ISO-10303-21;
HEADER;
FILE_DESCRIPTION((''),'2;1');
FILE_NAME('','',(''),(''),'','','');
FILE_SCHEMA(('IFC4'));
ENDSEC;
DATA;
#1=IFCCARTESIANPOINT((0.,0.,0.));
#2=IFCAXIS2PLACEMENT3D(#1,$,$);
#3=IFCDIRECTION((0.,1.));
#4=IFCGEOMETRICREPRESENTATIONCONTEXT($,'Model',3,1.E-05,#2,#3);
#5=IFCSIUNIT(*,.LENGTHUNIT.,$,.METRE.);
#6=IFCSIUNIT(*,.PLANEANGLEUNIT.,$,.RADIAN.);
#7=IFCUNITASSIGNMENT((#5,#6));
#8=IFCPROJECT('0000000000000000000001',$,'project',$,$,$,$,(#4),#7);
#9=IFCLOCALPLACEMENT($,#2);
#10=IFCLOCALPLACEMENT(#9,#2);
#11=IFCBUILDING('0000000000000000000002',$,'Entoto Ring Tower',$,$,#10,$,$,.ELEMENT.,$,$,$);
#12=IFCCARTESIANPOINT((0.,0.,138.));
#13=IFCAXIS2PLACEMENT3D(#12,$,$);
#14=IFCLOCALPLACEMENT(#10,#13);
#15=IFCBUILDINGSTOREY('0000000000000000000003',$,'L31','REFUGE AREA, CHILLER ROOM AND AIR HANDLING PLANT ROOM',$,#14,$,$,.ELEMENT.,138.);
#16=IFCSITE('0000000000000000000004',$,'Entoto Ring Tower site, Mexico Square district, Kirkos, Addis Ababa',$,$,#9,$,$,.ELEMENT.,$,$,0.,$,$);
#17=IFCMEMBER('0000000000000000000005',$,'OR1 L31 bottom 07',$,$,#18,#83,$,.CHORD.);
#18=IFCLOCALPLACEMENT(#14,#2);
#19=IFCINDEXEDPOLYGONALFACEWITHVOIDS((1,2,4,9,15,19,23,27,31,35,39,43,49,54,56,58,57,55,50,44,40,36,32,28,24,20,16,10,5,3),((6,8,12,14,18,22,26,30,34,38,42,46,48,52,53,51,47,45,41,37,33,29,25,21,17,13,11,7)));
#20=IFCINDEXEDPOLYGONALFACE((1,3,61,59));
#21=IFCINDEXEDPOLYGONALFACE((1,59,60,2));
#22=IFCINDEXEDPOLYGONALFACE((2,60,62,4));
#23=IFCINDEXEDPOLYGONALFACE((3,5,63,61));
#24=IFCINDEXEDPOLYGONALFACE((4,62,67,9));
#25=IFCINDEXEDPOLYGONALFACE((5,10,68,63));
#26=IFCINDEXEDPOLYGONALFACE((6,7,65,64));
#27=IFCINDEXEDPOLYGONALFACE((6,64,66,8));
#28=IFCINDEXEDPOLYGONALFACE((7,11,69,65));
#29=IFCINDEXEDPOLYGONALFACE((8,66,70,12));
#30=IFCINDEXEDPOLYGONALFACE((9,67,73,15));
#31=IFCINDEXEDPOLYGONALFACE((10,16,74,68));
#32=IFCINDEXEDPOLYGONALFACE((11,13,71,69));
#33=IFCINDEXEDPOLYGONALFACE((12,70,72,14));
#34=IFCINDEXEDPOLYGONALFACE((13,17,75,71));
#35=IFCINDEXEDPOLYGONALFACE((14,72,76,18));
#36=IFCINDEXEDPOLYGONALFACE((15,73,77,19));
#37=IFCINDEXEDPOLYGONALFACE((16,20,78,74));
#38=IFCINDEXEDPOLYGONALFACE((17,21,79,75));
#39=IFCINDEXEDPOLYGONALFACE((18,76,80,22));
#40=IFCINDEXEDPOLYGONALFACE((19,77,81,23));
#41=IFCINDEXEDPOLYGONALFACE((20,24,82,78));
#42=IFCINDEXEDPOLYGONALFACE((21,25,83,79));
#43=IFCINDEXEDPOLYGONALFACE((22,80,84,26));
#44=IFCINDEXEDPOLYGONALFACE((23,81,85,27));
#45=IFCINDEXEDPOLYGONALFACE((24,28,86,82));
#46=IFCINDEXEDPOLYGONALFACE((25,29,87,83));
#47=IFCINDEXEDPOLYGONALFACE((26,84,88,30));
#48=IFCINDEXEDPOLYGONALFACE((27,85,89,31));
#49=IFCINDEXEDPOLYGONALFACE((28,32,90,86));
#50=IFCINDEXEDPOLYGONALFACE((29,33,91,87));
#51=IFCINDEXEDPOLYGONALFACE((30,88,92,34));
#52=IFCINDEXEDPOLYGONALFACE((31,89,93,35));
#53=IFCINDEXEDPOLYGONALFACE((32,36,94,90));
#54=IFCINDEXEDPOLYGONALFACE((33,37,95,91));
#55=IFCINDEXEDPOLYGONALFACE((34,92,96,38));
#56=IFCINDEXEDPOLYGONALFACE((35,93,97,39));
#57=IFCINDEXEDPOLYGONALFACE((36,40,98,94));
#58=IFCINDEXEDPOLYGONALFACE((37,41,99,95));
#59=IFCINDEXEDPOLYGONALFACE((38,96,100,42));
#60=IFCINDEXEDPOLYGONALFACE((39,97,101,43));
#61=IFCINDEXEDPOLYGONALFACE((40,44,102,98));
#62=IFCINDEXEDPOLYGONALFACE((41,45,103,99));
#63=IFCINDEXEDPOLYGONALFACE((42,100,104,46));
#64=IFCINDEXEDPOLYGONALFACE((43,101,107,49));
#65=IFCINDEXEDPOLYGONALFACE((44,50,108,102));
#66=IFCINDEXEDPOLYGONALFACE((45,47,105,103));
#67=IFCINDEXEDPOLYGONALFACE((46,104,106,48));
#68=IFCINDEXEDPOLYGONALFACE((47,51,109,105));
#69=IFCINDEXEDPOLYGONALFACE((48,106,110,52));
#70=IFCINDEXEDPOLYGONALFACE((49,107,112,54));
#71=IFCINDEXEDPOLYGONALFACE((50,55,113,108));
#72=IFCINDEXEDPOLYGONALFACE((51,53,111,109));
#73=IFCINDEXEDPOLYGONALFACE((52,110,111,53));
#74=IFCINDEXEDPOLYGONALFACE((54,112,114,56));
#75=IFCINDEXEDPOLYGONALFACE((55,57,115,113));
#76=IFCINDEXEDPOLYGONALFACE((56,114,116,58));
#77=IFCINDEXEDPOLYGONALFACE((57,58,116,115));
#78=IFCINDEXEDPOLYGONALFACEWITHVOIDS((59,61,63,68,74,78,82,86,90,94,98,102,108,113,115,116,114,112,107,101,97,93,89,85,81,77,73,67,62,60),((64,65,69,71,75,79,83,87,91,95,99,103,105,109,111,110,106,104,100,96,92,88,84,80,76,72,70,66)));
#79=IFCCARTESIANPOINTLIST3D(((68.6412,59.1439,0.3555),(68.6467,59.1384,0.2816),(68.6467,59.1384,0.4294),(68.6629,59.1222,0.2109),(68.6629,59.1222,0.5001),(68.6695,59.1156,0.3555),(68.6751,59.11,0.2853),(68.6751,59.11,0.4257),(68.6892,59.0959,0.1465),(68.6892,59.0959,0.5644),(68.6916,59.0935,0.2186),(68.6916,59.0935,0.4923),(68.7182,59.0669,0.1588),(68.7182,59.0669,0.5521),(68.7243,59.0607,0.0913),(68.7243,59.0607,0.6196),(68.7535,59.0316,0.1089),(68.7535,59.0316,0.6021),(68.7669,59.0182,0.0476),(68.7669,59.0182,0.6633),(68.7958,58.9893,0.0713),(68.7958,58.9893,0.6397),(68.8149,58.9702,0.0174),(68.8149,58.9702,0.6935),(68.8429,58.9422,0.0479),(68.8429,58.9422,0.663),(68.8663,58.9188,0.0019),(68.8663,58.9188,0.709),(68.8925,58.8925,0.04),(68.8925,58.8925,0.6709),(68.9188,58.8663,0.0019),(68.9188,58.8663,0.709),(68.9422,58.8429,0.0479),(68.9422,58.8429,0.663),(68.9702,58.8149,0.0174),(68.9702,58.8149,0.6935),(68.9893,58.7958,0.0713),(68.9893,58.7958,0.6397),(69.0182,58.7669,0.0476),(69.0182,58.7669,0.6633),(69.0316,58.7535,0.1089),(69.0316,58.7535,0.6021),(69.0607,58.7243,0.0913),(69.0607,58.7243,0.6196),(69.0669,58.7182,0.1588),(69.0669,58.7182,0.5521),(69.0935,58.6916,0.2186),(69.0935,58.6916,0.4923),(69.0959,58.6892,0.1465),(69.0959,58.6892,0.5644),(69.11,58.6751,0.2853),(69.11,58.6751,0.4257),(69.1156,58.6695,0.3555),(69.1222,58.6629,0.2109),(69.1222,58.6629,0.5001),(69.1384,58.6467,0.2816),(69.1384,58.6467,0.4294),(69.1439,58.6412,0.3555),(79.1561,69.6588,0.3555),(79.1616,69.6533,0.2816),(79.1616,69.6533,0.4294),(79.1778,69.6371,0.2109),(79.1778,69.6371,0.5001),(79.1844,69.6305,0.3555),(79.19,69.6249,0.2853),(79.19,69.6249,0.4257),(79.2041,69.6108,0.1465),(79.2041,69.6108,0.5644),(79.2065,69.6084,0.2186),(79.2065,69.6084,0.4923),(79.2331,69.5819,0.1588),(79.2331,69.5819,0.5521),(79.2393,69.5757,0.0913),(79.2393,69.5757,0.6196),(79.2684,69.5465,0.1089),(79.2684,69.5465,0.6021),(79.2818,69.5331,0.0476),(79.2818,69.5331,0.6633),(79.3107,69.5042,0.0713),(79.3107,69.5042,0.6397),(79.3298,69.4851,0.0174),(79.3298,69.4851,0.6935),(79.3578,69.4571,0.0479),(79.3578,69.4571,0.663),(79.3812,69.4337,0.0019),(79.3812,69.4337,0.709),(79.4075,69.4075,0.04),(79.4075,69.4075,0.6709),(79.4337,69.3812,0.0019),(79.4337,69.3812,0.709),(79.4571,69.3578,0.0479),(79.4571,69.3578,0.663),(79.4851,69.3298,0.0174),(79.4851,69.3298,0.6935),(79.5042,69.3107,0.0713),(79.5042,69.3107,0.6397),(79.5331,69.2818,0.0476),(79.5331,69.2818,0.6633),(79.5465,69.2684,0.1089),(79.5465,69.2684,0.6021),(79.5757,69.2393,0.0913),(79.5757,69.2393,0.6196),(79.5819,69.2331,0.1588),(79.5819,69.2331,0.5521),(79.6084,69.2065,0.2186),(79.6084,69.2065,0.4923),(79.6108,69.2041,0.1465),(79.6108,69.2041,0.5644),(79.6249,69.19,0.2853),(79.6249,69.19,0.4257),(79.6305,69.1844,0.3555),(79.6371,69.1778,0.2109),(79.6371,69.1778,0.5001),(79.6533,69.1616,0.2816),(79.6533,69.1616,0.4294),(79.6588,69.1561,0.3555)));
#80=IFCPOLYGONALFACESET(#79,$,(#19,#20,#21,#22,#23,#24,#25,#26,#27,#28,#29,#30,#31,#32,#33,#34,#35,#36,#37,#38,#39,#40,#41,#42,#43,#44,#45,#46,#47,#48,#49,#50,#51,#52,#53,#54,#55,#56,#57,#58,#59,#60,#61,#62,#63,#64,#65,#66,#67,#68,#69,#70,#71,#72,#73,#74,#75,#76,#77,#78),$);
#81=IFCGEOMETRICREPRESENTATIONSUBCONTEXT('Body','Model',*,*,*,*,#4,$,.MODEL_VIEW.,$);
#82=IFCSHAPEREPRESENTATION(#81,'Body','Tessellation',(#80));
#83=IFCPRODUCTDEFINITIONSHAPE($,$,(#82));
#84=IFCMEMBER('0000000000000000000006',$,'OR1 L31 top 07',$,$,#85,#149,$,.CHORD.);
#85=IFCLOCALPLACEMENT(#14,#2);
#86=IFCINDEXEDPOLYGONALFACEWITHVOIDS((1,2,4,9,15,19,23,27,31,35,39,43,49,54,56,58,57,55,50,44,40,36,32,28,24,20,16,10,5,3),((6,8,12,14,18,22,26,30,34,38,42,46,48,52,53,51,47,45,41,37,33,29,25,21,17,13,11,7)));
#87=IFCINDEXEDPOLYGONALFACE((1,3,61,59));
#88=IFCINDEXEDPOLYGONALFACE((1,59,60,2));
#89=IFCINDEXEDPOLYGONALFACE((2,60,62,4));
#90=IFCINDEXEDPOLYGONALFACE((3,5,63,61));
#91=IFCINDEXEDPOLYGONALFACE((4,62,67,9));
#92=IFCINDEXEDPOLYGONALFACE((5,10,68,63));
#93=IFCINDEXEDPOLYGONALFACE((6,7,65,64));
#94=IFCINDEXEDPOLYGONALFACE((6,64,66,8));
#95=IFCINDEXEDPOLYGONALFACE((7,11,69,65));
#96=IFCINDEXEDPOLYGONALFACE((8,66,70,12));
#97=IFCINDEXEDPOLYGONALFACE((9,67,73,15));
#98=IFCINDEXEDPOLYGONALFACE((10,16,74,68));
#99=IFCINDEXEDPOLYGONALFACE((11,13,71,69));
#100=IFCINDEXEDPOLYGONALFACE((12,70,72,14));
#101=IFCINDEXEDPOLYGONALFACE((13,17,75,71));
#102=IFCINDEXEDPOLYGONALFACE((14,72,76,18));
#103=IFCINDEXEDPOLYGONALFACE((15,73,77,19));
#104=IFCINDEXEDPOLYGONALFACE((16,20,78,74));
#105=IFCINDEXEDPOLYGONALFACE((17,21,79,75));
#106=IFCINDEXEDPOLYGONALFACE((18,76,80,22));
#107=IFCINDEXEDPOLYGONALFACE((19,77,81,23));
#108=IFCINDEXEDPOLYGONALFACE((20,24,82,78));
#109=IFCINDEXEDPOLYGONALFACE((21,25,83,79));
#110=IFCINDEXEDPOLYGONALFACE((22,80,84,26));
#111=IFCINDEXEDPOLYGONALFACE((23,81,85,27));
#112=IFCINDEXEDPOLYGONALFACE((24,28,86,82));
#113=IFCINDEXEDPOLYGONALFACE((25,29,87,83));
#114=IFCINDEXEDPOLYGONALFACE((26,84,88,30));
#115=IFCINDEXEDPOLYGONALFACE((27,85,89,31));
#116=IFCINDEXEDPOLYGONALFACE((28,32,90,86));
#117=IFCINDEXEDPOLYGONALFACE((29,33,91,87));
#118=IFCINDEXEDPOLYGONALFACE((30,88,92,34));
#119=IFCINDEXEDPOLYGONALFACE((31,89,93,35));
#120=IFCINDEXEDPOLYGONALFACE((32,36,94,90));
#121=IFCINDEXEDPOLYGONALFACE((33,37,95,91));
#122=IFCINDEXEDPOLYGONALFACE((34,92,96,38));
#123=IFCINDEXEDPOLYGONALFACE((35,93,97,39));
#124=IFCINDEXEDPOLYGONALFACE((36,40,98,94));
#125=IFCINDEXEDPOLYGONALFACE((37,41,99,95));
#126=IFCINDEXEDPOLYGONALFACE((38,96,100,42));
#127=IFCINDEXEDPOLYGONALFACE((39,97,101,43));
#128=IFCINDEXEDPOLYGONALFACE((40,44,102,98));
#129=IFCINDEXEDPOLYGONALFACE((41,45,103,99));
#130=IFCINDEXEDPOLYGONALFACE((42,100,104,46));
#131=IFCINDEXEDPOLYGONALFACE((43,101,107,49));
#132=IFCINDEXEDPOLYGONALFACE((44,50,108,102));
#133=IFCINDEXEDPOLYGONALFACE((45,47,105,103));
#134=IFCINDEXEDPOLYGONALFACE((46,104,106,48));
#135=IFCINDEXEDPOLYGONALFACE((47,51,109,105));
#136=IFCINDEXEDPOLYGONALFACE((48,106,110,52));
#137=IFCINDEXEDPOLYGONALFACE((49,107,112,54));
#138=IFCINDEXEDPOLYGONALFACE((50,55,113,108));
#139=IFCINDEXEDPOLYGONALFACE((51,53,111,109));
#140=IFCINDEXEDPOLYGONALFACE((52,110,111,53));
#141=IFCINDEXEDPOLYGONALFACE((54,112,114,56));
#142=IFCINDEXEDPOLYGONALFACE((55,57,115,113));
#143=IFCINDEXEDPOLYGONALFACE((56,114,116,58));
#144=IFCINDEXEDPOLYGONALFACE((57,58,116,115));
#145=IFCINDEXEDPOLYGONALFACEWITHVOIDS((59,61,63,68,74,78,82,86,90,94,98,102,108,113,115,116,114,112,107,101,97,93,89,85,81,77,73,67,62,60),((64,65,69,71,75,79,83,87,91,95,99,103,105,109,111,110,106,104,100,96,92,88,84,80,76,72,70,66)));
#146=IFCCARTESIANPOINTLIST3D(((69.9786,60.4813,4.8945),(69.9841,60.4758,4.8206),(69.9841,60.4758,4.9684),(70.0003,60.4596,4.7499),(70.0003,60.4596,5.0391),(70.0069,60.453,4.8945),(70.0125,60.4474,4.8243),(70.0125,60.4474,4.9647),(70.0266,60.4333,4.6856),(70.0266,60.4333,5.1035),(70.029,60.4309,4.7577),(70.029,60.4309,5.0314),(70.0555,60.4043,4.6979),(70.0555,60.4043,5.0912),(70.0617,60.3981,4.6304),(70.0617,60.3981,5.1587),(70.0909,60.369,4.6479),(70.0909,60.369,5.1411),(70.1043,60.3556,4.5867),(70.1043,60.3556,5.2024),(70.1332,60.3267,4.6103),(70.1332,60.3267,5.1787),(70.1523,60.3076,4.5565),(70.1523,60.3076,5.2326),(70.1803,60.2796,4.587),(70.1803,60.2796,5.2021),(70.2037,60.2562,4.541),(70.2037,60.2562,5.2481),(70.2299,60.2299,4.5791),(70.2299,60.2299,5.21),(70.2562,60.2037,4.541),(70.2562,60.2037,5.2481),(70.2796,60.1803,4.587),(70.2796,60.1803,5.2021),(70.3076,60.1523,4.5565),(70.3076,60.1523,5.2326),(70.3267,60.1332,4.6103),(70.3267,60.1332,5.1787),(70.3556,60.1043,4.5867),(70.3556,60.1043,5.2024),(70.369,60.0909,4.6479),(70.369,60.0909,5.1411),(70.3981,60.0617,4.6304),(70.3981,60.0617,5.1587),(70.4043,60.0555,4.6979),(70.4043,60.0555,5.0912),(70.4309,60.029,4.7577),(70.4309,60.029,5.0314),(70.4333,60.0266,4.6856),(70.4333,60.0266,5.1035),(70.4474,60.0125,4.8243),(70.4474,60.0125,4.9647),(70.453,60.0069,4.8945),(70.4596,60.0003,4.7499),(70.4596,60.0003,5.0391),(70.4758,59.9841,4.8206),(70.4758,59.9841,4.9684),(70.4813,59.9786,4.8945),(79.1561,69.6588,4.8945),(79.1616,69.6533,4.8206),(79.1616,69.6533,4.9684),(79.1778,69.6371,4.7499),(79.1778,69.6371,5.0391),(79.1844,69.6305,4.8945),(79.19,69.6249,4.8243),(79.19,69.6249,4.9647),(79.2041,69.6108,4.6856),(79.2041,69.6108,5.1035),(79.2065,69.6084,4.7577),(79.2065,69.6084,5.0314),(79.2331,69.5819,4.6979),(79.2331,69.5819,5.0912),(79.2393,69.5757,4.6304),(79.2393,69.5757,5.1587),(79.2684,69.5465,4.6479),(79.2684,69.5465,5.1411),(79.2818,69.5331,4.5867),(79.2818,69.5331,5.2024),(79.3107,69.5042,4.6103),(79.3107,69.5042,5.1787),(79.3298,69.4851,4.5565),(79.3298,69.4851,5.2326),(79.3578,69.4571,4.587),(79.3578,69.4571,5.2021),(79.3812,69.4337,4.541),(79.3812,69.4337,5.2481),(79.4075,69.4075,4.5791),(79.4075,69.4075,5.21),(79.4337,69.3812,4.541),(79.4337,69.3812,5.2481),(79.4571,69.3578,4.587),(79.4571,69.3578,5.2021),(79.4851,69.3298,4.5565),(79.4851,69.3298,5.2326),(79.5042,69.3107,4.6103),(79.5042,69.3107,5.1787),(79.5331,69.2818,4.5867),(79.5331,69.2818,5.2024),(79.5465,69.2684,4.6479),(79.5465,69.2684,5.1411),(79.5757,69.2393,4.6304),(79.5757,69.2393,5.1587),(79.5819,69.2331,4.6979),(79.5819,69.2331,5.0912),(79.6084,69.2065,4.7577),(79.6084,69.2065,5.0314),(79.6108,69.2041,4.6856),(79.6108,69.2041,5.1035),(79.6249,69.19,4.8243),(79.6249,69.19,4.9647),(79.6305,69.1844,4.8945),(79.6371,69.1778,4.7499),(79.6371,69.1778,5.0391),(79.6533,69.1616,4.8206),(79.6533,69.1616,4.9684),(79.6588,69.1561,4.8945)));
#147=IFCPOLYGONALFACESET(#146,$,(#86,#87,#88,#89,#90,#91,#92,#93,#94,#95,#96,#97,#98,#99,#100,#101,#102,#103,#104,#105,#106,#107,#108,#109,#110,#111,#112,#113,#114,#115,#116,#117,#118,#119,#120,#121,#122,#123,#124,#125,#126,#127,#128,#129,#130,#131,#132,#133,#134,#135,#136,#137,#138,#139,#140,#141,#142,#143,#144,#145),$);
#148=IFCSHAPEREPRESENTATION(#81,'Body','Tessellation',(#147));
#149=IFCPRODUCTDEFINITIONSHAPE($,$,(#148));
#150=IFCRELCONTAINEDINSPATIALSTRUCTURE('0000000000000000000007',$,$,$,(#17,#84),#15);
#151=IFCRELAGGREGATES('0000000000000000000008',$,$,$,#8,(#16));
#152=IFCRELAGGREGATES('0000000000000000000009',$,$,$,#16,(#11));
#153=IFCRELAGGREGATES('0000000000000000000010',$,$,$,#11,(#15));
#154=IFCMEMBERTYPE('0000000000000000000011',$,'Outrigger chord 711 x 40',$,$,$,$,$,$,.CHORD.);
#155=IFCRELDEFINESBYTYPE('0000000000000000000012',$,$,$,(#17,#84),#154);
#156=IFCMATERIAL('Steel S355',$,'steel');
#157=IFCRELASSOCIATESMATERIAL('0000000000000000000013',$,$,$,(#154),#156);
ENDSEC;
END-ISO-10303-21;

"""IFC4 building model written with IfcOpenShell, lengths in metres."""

from ifc_helpers import new_model, si_unit, direction, frame, origin, origin_2d, place, context, subcontext, project, spatial, circle, hollow_circle, extrude, material, material_profile, profile_set, type_object, element, save


model = new_model("IFC4")

# Units and contexts
model_context = context("Model", 3, precision=1e-05, world=origin(), true_north=direction((0.0, 1.0)))
body_context = subcontext(model_context, "Body", "Model", "MODEL_VIEW")
ifc_project = project(units=[si_unit("LENGTHUNIT", "METRE"), si_unit("PLANEANGLEUNIT", "RADIAN")], contexts=[model_context])

# Site, building, storey
site_placement = place(None, origin())
site = spatial("IfcSite", under=ifc_project, at=site_placement, Name="Entoto Ring Tower site, Mexico Square district, Kirkos, Addis Ababa", CompositionType="ELEMENT", RefElevation=0.0)
building_placement = place(site_placement, origin())
building = spatial("IfcBuilding", under=site, at=building_placement, Name="Entoto Ring Tower", CompositionType="ELEMENT")
storey_placement = place(building_placement, frame((0.0, 0.0, 138.0)))
storey = spatial("IfcBuildingStorey", under=building, at=storey_placement, Name="L31", Description="REFUGE AREA, CHILLER ROOM AND AIR HANDLING PLANT ROOM", CompositionType="ELEMENT", Elevation=138.0)

# Members
ifc_material_1 = material(Name="Steel S355", Category="steel")
ifc_material_profile_1 = material_profile(ifc_material_1, hollow_circle(Radius=0.3555, WallThickness=0.04, at=origin_2d()), Name="CHS 711 x 40")
ifc_material_2 = material(Name="Concrete C60/75", Category="concrete")
ifc_material_profile_2 = material_profile(ifc_material_2, circle(Radius=0.3154, at=origin_2d()), Name="Concrete C60/75 infill")
ifc_profile_set_1 = profile_set([ifc_material_profile_1, ifc_material_profile_2], Name="Steel S355")
member_type_1 = type_object("IfcMemberType", Name="Outrigger chord 711 x 40", PredefinedType="CHORD", material=ifc_profile_set_1)
member_1_placement = place(storey_placement, frame((79.4075, 69.4075, 0.3555), z_axis=(-0.707107, -0.707107, 0.0), x_axis=(0.707107, -0.707107, 0.0)))
element("IfcMember", 1, at=member_1_placement, inside=storey, type_object=member_type_1, Name="OR1 L31 bottom 07", PredefinedType="CHORD", context=body_context, shape_type="SweptSolid", body=[
    extrude(hollow_circle(Radius=0.3555, WallThickness=0.04, at=origin_2d()), origin(), (0.0, 0.0, 1.0), 14.8704),
])
member_2_placement = place(storey_placement, frame((79.4075, 69.4075, 4.8945), z_axis=(-0.707107, -0.707107, 0.0), x_axis=(0.707107, -0.707107, 0.0)))
element("IfcMember", 2, at=member_2_placement, inside=storey, type_object=member_type_1, Name="OR1 L31 top 07", PredefinedType="CHORD", context=body_context, shape_type="SweptSolid", body=[
    extrude(hollow_circle(Radius=0.3555, WallThickness=0.04, at=origin_2d()), origin(), (0.0, 0.0, 1.0), 12.979),
])

save(model, "model.ifc")
